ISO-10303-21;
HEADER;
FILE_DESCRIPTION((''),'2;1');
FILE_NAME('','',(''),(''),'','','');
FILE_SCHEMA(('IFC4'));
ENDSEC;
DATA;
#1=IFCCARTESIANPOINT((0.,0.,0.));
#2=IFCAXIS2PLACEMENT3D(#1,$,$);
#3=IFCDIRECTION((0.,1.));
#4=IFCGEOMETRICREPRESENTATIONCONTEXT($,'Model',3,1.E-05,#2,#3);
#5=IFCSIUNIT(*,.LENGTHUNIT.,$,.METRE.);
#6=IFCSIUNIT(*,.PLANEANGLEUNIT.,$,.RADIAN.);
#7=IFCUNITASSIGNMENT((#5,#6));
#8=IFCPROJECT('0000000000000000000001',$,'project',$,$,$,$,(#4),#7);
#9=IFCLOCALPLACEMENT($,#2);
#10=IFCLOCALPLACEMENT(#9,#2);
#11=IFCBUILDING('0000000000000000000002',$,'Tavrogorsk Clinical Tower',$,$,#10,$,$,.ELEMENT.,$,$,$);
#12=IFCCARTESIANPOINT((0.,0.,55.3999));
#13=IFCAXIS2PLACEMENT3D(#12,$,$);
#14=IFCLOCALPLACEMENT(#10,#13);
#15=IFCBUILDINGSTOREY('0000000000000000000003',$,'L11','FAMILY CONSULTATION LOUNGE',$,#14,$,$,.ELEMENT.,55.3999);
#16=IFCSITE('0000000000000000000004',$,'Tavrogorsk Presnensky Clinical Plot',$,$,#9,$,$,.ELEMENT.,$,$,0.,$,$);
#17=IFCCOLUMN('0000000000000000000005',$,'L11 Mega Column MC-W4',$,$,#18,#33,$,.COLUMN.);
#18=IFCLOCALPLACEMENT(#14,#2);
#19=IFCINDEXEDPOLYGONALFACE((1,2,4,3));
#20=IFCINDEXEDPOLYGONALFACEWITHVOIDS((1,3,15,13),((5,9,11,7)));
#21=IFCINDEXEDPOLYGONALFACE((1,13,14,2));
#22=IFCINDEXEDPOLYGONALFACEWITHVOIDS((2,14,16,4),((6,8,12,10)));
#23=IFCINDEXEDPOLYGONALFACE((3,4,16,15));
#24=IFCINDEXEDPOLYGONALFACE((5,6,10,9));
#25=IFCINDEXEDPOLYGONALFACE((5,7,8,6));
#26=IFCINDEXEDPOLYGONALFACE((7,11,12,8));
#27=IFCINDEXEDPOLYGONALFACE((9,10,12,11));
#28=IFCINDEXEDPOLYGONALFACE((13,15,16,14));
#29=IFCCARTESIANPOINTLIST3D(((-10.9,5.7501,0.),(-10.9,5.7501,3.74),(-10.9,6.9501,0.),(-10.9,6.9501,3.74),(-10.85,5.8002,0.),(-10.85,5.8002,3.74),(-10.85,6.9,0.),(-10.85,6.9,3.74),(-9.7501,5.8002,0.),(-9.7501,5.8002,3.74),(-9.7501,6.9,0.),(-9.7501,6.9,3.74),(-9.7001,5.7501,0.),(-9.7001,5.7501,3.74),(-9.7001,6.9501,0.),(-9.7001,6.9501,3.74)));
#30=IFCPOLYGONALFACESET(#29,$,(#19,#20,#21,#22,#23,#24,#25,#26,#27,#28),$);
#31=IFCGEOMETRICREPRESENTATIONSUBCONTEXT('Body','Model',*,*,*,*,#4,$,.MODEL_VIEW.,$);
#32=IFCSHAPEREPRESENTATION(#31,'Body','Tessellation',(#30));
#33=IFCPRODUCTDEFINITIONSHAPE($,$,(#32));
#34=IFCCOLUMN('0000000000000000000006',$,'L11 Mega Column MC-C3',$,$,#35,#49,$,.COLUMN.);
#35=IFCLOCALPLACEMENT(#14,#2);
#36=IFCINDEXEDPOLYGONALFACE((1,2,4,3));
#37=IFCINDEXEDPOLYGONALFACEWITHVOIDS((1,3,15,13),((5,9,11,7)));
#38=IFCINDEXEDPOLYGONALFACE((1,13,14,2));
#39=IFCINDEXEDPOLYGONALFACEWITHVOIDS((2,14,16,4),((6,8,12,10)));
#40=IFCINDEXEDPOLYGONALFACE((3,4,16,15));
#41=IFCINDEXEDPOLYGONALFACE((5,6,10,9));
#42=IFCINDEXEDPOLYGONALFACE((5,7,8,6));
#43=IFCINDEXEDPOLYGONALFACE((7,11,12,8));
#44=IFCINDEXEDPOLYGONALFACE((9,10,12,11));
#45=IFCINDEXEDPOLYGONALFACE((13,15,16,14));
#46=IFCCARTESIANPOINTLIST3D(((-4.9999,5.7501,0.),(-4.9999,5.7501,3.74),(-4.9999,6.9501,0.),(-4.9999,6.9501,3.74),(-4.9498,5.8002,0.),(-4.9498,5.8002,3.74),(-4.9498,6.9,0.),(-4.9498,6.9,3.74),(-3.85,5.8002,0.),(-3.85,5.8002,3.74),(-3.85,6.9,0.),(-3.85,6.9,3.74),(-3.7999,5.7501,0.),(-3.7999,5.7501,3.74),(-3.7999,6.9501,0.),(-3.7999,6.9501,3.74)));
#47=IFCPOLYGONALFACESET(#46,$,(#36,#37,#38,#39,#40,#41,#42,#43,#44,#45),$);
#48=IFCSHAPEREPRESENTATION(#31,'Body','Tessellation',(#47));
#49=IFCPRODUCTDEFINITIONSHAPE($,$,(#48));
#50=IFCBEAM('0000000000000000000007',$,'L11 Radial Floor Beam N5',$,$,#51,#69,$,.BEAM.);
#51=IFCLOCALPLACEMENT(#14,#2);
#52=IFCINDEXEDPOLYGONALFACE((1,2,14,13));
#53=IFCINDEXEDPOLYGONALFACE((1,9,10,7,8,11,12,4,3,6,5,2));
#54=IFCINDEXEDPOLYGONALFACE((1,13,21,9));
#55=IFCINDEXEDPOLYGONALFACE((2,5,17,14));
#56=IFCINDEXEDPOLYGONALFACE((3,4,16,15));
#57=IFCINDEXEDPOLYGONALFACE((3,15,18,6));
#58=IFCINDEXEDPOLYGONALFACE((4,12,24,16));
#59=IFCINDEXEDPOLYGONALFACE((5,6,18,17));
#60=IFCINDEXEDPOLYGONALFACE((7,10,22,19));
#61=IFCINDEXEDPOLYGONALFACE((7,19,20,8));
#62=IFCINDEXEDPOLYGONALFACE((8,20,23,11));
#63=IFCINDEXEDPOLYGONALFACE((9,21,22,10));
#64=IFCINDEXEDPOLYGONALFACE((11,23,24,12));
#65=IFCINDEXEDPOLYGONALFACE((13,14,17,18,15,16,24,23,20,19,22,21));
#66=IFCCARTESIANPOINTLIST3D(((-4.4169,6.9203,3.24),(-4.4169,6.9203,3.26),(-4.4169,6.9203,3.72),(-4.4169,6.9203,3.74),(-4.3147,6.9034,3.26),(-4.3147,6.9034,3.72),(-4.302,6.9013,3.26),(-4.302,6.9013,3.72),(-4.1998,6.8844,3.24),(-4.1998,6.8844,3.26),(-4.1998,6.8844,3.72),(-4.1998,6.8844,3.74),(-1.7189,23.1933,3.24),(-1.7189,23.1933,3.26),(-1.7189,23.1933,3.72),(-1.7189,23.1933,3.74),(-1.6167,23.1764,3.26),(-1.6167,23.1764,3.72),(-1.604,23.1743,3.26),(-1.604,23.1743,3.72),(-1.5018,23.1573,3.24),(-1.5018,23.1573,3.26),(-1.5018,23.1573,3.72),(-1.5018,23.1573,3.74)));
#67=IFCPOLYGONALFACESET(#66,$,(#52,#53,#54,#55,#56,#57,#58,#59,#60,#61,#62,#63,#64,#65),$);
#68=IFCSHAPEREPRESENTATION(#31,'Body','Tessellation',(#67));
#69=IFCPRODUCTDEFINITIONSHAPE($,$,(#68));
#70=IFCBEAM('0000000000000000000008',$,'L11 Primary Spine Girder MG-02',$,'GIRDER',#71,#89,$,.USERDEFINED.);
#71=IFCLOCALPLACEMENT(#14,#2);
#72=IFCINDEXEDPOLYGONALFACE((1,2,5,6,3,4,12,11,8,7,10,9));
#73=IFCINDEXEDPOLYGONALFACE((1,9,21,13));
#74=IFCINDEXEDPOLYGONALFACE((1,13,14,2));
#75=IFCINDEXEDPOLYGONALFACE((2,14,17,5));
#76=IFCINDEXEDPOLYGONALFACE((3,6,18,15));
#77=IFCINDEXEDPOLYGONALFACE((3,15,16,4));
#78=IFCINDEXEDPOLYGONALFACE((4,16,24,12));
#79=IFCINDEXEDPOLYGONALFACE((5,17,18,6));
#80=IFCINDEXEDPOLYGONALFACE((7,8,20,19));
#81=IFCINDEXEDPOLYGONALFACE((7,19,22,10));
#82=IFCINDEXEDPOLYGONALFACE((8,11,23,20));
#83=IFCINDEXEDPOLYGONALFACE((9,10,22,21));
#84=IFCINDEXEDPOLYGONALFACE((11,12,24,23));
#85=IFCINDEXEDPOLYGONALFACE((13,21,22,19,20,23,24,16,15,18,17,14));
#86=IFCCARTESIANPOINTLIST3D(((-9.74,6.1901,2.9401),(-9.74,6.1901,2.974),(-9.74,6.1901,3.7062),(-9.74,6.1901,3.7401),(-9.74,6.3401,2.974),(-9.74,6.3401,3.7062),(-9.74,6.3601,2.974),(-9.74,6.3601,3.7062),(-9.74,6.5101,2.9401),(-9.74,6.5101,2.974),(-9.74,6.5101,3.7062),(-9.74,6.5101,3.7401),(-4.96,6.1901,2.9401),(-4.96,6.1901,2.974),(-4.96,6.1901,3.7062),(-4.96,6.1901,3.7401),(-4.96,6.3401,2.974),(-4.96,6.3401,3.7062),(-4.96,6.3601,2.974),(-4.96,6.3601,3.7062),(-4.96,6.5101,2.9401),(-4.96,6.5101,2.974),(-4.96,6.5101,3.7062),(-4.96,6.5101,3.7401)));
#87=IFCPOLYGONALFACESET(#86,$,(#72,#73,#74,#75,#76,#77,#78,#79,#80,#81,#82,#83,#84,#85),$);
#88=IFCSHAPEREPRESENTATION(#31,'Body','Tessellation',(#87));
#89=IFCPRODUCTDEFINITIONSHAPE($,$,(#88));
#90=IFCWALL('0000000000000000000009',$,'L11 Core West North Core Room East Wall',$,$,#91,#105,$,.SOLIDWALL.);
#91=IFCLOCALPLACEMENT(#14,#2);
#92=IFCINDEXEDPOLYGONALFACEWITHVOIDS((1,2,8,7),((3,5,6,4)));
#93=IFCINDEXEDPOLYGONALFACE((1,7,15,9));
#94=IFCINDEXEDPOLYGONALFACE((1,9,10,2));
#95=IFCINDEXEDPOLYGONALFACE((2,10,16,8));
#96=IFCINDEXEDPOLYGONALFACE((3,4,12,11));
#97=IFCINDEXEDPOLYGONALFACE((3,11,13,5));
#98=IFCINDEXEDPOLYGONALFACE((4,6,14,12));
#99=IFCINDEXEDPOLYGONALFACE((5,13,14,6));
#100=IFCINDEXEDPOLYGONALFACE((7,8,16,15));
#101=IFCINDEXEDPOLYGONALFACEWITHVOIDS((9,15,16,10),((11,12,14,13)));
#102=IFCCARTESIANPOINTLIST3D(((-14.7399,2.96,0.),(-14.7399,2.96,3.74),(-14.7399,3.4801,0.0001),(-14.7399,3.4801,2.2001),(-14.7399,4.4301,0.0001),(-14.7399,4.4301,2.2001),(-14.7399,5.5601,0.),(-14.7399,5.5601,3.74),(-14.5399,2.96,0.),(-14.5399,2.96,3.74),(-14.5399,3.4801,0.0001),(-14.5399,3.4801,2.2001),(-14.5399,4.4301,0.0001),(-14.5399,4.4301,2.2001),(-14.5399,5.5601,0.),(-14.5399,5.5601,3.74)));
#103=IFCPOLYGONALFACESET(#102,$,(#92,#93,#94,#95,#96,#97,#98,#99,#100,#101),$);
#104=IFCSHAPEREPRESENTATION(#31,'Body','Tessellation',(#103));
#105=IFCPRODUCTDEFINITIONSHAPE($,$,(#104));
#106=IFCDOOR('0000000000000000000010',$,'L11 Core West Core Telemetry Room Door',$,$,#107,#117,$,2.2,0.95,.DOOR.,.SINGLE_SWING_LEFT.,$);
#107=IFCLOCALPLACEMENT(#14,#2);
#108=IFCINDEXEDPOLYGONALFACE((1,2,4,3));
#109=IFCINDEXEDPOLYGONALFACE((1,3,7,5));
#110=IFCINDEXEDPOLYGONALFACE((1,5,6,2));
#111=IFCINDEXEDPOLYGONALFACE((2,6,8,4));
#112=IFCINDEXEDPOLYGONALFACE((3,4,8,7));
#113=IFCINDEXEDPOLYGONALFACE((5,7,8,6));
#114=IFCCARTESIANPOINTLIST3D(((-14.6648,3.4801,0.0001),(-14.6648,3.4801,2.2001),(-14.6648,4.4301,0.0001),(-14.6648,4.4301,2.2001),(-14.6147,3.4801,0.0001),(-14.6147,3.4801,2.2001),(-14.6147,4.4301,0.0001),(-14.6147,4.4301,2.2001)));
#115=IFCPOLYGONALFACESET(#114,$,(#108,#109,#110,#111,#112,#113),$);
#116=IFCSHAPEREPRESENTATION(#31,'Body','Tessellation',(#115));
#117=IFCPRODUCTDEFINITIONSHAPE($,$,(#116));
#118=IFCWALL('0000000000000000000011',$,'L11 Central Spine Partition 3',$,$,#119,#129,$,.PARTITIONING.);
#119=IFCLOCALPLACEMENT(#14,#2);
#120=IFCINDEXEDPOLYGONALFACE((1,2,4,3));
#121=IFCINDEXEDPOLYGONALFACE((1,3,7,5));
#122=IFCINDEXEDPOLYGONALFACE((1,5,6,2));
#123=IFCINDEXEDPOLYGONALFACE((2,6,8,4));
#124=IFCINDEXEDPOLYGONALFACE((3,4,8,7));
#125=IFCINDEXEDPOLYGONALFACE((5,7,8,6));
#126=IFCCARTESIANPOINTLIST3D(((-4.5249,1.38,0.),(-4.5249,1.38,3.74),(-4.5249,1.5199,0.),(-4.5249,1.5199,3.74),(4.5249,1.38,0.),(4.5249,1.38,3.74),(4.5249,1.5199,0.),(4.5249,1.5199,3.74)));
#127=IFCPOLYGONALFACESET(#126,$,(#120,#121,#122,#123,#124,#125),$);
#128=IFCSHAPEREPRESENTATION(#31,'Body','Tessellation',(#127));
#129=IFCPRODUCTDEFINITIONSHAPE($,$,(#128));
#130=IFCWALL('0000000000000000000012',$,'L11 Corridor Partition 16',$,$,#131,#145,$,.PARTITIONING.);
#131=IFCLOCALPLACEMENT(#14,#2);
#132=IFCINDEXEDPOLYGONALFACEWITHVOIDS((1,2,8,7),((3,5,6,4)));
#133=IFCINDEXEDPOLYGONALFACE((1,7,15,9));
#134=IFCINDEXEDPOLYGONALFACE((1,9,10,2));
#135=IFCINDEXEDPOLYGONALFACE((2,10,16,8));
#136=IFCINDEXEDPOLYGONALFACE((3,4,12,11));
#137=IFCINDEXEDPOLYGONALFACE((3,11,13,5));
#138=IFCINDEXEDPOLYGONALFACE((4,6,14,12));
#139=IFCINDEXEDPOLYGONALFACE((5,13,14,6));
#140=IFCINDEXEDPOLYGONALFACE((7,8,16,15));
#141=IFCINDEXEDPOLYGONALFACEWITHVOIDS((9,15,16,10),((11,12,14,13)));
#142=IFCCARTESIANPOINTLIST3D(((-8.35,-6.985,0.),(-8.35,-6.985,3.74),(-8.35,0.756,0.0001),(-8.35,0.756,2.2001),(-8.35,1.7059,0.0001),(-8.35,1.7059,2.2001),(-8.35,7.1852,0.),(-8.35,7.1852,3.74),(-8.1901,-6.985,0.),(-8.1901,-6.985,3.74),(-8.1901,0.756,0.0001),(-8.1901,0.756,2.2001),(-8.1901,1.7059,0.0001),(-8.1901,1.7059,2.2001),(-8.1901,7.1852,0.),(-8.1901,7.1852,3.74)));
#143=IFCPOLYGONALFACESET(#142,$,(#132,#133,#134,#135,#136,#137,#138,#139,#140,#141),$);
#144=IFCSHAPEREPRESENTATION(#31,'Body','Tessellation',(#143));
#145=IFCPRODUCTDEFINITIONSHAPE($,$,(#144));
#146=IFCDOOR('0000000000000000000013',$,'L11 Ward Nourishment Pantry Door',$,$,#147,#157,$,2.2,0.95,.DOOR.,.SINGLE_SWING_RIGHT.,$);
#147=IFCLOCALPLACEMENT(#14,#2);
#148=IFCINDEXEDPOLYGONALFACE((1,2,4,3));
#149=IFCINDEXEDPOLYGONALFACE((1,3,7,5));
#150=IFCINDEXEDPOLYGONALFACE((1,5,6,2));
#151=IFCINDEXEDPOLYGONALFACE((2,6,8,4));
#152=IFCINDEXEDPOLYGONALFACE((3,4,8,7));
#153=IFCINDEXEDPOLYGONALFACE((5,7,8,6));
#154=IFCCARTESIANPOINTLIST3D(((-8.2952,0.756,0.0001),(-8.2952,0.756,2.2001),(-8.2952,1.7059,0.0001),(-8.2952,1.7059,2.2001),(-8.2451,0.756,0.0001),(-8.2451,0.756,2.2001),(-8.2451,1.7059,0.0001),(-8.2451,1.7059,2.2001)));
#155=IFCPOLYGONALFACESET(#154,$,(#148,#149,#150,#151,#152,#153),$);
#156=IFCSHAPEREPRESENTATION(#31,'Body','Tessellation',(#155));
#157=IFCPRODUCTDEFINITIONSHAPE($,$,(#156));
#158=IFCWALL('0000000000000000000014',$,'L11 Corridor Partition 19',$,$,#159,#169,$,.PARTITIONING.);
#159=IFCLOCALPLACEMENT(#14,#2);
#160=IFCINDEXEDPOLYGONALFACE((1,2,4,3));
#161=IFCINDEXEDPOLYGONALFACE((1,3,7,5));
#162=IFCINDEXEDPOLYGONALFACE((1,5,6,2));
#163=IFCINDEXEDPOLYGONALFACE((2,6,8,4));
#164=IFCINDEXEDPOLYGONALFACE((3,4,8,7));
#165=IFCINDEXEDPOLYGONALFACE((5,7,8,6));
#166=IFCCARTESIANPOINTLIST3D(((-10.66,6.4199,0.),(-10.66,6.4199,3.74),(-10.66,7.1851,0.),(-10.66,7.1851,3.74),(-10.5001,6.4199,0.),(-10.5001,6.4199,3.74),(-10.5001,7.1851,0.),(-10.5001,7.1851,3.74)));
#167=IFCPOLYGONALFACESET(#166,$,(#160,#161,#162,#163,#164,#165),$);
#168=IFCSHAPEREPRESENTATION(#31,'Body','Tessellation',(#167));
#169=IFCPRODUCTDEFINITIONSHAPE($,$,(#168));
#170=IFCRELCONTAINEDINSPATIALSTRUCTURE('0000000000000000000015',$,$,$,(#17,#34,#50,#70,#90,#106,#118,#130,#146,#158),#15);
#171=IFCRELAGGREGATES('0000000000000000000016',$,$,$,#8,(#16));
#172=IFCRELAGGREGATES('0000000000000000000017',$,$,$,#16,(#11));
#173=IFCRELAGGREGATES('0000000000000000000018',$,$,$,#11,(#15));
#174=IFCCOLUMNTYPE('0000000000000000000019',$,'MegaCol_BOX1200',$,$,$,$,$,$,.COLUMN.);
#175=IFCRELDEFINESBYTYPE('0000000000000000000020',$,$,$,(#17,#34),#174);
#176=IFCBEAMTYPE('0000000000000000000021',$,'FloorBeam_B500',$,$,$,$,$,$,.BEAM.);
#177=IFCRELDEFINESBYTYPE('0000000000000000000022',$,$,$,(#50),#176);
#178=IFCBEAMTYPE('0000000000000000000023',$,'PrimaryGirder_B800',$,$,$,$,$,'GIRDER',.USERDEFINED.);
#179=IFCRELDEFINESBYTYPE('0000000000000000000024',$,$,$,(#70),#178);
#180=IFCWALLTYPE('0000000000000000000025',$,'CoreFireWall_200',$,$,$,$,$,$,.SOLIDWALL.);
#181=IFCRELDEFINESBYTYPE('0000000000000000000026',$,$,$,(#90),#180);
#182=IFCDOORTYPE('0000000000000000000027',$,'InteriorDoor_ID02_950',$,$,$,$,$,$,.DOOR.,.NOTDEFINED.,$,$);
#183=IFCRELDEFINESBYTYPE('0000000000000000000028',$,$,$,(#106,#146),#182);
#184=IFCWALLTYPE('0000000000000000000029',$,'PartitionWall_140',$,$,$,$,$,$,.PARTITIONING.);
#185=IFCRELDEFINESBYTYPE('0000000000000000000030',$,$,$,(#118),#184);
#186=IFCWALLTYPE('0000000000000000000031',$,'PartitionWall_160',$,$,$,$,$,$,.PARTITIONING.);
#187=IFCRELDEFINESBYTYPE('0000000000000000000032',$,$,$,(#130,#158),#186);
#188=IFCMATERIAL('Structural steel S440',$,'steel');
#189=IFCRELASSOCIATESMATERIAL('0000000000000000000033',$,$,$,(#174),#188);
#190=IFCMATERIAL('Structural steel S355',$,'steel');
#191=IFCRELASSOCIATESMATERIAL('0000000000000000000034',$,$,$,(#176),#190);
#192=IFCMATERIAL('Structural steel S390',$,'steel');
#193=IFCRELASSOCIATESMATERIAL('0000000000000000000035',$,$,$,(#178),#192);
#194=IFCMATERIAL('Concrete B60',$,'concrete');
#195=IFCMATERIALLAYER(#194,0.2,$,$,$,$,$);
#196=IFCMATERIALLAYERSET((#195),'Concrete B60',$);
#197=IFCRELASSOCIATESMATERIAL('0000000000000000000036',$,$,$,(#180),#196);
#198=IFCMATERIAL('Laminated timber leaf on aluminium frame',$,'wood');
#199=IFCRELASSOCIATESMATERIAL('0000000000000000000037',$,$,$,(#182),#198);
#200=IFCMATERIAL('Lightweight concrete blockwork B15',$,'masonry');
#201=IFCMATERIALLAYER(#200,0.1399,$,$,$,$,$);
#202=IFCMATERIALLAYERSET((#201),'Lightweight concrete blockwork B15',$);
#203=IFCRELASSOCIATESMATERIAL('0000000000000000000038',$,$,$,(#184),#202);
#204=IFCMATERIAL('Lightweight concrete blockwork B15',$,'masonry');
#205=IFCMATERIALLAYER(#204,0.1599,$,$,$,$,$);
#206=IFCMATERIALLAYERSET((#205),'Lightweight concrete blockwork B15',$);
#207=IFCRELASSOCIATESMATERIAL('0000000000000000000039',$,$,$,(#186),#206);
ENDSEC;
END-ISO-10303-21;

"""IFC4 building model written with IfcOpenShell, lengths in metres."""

from ifc_helpers import new_model, si_unit, direction, frame, frame_2d, origin, origin_2d, place, context, subcontext, project, spatial, rectangle, hollow_rectangle, i_section, extrude, material, layer, layer_set, material_profile, profile_set, type_object, element, fill, save


model = new_model("IFC4")

# Units and contexts
model_context = context("Model", 3, precision=1e-05, world=origin(), true_north=direction((0.0, 1.0)))
body_context = subcontext(model_context, "Body", "Model", "MODEL_VIEW")
ifc_project = project(units=[si_unit("LENGTHUNIT", "METRE"), si_unit("PLANEANGLEUNIT", "RADIAN")], contexts=[model_context])

# Site, building, storey
site_placement = place(None, origin())
site = spatial("IfcSite", under=ifc_project, at=site_placement, Name="Tavrogorsk Presnensky Clinical Plot", CompositionType="ELEMENT", RefElevation=0.0)
building_placement = place(site_placement, origin())
building = spatial("IfcBuilding", under=site, at=building_placement, Name="Tavrogorsk Clinical Tower", CompositionType="ELEMENT")
storey_placement = place(building_placement, frame((0.0, 0.0, 55.3999)))
storey = spatial("IfcBuildingStorey", under=building, at=storey_placement, Name="L11", Description="FAMILY CONSULTATION LOUNGE", CompositionType="ELEMENT", Elevation=55.3999)

# Columns
ifc_material_1 = material(Name="Structural steel S440", Category="steel")
ifc_material_profile_1 = material_profile(ifc_material_1, hollow_rectangle(XDim=1.2, YDim=1.2, WallThickness=0.05, at=origin_2d()), Name="BOX-1200x1200x50")
ifc_profile_set_1 = profile_set([ifc_material_profile_1], Name="Structural steel S440")
column_type = type_object("IfcColumnType", Name="MegaCol_BOX1200", PredefinedType="COLUMN", material=ifc_profile_set_1)
for number, where, z_axis, x_axis, name in (
    (1, (-10.3, 6.3501, 0.0), (0.0, 0.0, 1.0), (1.0, 0.0, 0.0), "L11 Mega Column MC-W4"),
    (2, (-4.3999, 6.3501, 0.0), (0.0, 0.0, 1.0), (1.0, 0.0, 0.0), "L11 Mega Column MC-C3"),
):
    element("IfcColumn", number, at=place(storey_placement, frame(where, z_axis=z_axis, x_axis=x_axis)), inside=storey, type_object=column_type, Name=name, PredefinedType="COLUMN", context=body_context, shape_type="SweptSolid", body=[
        extrude(hollow_rectangle(XDim=1.2, YDim=1.2, WallThickness=0.05, at=origin_2d()), origin(), (0.0, 0.0, 1.0), 3.74),
    ])

# Beams
ifc_material_2 = material(Name="Structural steel S355", Category="steel")
ifc_material_profile_2 = material_profile(ifc_material_2, i_section(OverallWidth=0.22, OverallDepth=0.5, WebThickness=0.0129, FlangeThickness=0.02, at=origin_2d()), Name="B-500x220x13x20")
ifc_profile_set_2 = profile_set([ifc_material_profile_2], Name="Structural steel S355")
beam_type_1 = type_object("IfcBeamType", Name="FloorBeam_B500", PredefinedType="BEAM", material=ifc_profile_set_2)
beam_1_placement = place(storey_placement, frame((-4.3083, 6.9023, 3.49), z_axis=(0.163564, 0.986533, 0.0), x_axis=(-0.986533, 0.163564, 0.0)))
element("IfcBeam", 3, at=beam_1_placement, inside=storey, type_object=beam_type_1, Name="L11 Radial Floor Beam N5", PredefinedType="BEAM", context=body_context, shape_type="SweptSolid", body=[
    extrude(i_section(OverallWidth=0.22, OverallDepth=0.5, WebThickness=0.0129, FlangeThickness=0.02, at=origin_2d()), origin(), (0.0, 0.0, 1.0), 16.4951),
])
ifc_material_3 = material(Name="Structural steel S390", Category="steel")
ifc_material_profile_3 = material_profile(ifc_material_3, i_section(OverallWidth=0.3201, OverallDepth=0.8, WebThickness=0.02, FlangeThickness=0.0339, at=origin_2d()), Name="B-800x320x20x34")
ifc_profile_set_3 = profile_set([ifc_material_profile_3], Name="Structural steel S390")
beam_type_2 = type_object("IfcBeamType", Name="PrimaryGirder_B800", ElementType="GIRDER", PredefinedType="USERDEFINED", material=ifc_profile_set_3)
beam_2_placement = place(storey_placement, frame((-9.74, 6.3501, 3.3401), z_axis=(1.0, 0.0, 0.0), x_axis=(0.0, 1.0, 0.0)))
element("IfcBeam", 4, at=beam_2_placement, inside=storey, type_object=beam_type_2, Name="L11 Primary Spine Girder MG-02", ObjectType="GIRDER", PredefinedType="USERDEFINED", context=body_context, shape_type="SweptSolid", body=[
    extrude(i_section(OverallWidth=0.3201, OverallDepth=0.8, WebThickness=0.02, FlangeThickness=0.0339, at=origin_2d()), origin(), (0.0, 0.0, 1.0), 4.78),
])

# Wall, opening, door
ifc_material_4 = material(Name="Concrete B60", Category="concrete")
ifc_layer_1 = layer(ifc_material_4, 0.2)
ifc_layer_set_1 = layer_set([ifc_layer_1], Name="Concrete B60")
wall_type_1 = type_object("IfcWallType", Name="CoreFireWall_200", PredefinedType="SOLIDWALL", material=ifc_layer_set_1)
wall_1_placement = place(storey_placement, frame((-14.6399, 2.96, 0.0), z_axis=(0.0, 0.0, 1.0), x_axis=(0.0, 1.0, 0.0)))
wall_1 = element("IfcWall", 5, at=wall_1_placement, inside=storey, type_object=wall_type_1, Name="L11 Core West North Core Room East Wall", PredefinedType="SOLIDWALL", context=body_context, shape_type="SweptSolid", body=[
    extrude(rectangle(XDim=2.6001, YDim=0.2, at=frame_2d((1.3, 0.0))), origin(), (0.0, 0.0, 1.0), 3.74),
])
opening_1_placement = place(wall_1_placement, frame((0.52, 0.0, 0.0)))
opening_1 = element("IfcOpeningElement", 6, at=opening_1_placement, cuts=wall_1, PredefinedType="OPENING", context=body_context, shape_type="SweptSolid", body=[
    extrude(rectangle(XDim=0.95, YDim=2.2, at=frame_2d((0.4751, 1.1001))), frame((0.0, 0.1099, 0.0), z_axis=(0.0, -1.0, 0.0), x_axis=(1.0, 0.0, 0.0)), (0.0, 0.0, 1.0), 0.22),
])
ifc_material_5 = material(Name="Laminated timber leaf on aluminium frame", Category="wood")
door_type_1 = type_object("IfcDoorType", Name="InteriorDoor_ID02_950", OperationType="NOTDEFINED", PredefinedType="DOOR", material=ifc_material_5)
door_1_placement = place(opening_1_placement, origin())
door_1 = element("IfcDoor", 7, at=door_1_placement, inside=storey, type_object=door_type_1, Name="L11 Core West Core Telemetry Room Door", OperationType="SINGLE_SWING_LEFT", OverallHeight=2.2, OverallWidth=0.95, PredefinedType="DOOR", context=body_context, shape_type="SweptSolid", body=[
    extrude(rectangle(XDim=0.95, YDim=2.2, at=frame_2d((0.4751, 1.1001))), frame((0.0, 0.0249, 0.0), z_axis=(0.0, -1.0, 0.0), x_axis=(1.0, 0.0, 0.0)), (0.0, 0.0, 1.0), 0.05),
])
fill(opening_1, door_1)

# Wall
ifc_material_6 = material(Name="Lightweight concrete blockwork B15", Category="masonry")
ifc_layer_2 = layer(ifc_material_6, 0.1399)
ifc_layer_set_2 = layer_set([ifc_layer_2], Name="Lightweight concrete blockwork B15")
wall_type_2 = type_object("IfcWallType", Name="PartitionWall_140", PredefinedType="PARTITIONING", material=ifc_layer_set_2)
wall_2_placement = place(storey_placement, frame((-4.5249, 1.45, 0.0), z_axis=(0.0, 0.0, 1.0), x_axis=(1.0, 0.0, 0.0)))
element("IfcWall", 8, at=wall_2_placement, inside=storey, type_object=wall_type_2, Name="L11 Central Spine Partition 3", PredefinedType="PARTITIONING", context=body_context, shape_type="SweptSolid", body=[
    extrude(rectangle(XDim=9.0498, YDim=0.1399, at=frame_2d((4.5249, 0.0))), origin(), (0.0, 0.0, 1.0), 3.74),
])

# Wall, opening, door
ifc_material_7 = material(Name="Lightweight concrete blockwork B15", Category="masonry")
ifc_layer_3 = layer(ifc_material_7, 0.1599)
ifc_layer_set_3 = layer_set([ifc_layer_3], Name="Lightweight concrete blockwork B15")
wall_type_3 = type_object("IfcWallType", Name="PartitionWall_160", PredefinedType="PARTITIONING", material=ifc_layer_set_3)
wall_3_placement = place(storey_placement, frame((-8.27, 7.1851, 0.0), z_axis=(0.0, 0.0, 1.0), x_axis=(0.0, -1.0, 0.0)))
wall_3 = element("IfcWall", 9, at=wall_3_placement, inside=storey, type_object=wall_type_3, Name="L11 Corridor Partition 16", PredefinedType="PARTITIONING", context=body_context, shape_type="SweptSolid", body=[
    extrude(rectangle(XDim=14.1702, YDim=0.1599, at=frame_2d((7.085, 0.0))), origin(), (0.0, 0.0, 1.0), 3.74),
])
opening_2_placement = place(wall_3_placement, frame((5.479, 0.0, 0.0)))
opening_2 = element("IfcOpeningElement", 10, at=opening_2_placement, cuts=wall_3, PredefinedType="OPENING", context=body_context, shape_type="SweptSolid", body=[
    extrude(rectangle(XDim=0.95, YDim=2.2, at=frame_2d((0.4751, 1.1001))), frame((0.0, 0.0898, 0.0), z_axis=(0.0, -1.0, 0.0), x_axis=(1.0, 0.0, 0.0)), (0.0, 0.0, 1.0), 0.1799),
])
door_2_placement = place(opening_2_placement, origin())
door_2 = element("IfcDoor", 11, at=door_2_placement, inside=storey, type_object=door_type_1, Name="L11 Ward Nourishment Pantry Door", OperationType="SINGLE_SWING_RIGHT", OverallHeight=2.2, OverallWidth=0.95, PredefinedType="DOOR", context=body_context, shape_type="SweptSolid", body=[
    extrude(rectangle(XDim=0.95, YDim=2.2, at=frame_2d((0.4751, 1.1001))), frame((0.0, 0.0249, 0.0), z_axis=(0.0, -1.0, 0.0), x_axis=(1.0, 0.0, 0.0)), (0.0, 0.0, 1.0), 0.05),
])
fill(opening_2, door_2)

# Wall
wall_4_placement = place(storey_placement, frame((-10.5801, 6.4199, 0.0), z_axis=(0.0, 0.0, 1.0), x_axis=(0.0, 1.0, 0.0)))
element("IfcWall", 12, at=wall_4_placement, inside=storey, type_object=wall_type_3, Name="L11 Corridor Partition 19", PredefinedType="PARTITIONING", context=body_context, shape_type="SweptSolid", body=[
    extrude(rectangle(XDim=0.7651, YDim=0.1599, at=frame_2d((0.3826, 0.0))), origin(), (0.0, 0.0, 1.0), 3.74),
])

save(model, "model.ifc")
